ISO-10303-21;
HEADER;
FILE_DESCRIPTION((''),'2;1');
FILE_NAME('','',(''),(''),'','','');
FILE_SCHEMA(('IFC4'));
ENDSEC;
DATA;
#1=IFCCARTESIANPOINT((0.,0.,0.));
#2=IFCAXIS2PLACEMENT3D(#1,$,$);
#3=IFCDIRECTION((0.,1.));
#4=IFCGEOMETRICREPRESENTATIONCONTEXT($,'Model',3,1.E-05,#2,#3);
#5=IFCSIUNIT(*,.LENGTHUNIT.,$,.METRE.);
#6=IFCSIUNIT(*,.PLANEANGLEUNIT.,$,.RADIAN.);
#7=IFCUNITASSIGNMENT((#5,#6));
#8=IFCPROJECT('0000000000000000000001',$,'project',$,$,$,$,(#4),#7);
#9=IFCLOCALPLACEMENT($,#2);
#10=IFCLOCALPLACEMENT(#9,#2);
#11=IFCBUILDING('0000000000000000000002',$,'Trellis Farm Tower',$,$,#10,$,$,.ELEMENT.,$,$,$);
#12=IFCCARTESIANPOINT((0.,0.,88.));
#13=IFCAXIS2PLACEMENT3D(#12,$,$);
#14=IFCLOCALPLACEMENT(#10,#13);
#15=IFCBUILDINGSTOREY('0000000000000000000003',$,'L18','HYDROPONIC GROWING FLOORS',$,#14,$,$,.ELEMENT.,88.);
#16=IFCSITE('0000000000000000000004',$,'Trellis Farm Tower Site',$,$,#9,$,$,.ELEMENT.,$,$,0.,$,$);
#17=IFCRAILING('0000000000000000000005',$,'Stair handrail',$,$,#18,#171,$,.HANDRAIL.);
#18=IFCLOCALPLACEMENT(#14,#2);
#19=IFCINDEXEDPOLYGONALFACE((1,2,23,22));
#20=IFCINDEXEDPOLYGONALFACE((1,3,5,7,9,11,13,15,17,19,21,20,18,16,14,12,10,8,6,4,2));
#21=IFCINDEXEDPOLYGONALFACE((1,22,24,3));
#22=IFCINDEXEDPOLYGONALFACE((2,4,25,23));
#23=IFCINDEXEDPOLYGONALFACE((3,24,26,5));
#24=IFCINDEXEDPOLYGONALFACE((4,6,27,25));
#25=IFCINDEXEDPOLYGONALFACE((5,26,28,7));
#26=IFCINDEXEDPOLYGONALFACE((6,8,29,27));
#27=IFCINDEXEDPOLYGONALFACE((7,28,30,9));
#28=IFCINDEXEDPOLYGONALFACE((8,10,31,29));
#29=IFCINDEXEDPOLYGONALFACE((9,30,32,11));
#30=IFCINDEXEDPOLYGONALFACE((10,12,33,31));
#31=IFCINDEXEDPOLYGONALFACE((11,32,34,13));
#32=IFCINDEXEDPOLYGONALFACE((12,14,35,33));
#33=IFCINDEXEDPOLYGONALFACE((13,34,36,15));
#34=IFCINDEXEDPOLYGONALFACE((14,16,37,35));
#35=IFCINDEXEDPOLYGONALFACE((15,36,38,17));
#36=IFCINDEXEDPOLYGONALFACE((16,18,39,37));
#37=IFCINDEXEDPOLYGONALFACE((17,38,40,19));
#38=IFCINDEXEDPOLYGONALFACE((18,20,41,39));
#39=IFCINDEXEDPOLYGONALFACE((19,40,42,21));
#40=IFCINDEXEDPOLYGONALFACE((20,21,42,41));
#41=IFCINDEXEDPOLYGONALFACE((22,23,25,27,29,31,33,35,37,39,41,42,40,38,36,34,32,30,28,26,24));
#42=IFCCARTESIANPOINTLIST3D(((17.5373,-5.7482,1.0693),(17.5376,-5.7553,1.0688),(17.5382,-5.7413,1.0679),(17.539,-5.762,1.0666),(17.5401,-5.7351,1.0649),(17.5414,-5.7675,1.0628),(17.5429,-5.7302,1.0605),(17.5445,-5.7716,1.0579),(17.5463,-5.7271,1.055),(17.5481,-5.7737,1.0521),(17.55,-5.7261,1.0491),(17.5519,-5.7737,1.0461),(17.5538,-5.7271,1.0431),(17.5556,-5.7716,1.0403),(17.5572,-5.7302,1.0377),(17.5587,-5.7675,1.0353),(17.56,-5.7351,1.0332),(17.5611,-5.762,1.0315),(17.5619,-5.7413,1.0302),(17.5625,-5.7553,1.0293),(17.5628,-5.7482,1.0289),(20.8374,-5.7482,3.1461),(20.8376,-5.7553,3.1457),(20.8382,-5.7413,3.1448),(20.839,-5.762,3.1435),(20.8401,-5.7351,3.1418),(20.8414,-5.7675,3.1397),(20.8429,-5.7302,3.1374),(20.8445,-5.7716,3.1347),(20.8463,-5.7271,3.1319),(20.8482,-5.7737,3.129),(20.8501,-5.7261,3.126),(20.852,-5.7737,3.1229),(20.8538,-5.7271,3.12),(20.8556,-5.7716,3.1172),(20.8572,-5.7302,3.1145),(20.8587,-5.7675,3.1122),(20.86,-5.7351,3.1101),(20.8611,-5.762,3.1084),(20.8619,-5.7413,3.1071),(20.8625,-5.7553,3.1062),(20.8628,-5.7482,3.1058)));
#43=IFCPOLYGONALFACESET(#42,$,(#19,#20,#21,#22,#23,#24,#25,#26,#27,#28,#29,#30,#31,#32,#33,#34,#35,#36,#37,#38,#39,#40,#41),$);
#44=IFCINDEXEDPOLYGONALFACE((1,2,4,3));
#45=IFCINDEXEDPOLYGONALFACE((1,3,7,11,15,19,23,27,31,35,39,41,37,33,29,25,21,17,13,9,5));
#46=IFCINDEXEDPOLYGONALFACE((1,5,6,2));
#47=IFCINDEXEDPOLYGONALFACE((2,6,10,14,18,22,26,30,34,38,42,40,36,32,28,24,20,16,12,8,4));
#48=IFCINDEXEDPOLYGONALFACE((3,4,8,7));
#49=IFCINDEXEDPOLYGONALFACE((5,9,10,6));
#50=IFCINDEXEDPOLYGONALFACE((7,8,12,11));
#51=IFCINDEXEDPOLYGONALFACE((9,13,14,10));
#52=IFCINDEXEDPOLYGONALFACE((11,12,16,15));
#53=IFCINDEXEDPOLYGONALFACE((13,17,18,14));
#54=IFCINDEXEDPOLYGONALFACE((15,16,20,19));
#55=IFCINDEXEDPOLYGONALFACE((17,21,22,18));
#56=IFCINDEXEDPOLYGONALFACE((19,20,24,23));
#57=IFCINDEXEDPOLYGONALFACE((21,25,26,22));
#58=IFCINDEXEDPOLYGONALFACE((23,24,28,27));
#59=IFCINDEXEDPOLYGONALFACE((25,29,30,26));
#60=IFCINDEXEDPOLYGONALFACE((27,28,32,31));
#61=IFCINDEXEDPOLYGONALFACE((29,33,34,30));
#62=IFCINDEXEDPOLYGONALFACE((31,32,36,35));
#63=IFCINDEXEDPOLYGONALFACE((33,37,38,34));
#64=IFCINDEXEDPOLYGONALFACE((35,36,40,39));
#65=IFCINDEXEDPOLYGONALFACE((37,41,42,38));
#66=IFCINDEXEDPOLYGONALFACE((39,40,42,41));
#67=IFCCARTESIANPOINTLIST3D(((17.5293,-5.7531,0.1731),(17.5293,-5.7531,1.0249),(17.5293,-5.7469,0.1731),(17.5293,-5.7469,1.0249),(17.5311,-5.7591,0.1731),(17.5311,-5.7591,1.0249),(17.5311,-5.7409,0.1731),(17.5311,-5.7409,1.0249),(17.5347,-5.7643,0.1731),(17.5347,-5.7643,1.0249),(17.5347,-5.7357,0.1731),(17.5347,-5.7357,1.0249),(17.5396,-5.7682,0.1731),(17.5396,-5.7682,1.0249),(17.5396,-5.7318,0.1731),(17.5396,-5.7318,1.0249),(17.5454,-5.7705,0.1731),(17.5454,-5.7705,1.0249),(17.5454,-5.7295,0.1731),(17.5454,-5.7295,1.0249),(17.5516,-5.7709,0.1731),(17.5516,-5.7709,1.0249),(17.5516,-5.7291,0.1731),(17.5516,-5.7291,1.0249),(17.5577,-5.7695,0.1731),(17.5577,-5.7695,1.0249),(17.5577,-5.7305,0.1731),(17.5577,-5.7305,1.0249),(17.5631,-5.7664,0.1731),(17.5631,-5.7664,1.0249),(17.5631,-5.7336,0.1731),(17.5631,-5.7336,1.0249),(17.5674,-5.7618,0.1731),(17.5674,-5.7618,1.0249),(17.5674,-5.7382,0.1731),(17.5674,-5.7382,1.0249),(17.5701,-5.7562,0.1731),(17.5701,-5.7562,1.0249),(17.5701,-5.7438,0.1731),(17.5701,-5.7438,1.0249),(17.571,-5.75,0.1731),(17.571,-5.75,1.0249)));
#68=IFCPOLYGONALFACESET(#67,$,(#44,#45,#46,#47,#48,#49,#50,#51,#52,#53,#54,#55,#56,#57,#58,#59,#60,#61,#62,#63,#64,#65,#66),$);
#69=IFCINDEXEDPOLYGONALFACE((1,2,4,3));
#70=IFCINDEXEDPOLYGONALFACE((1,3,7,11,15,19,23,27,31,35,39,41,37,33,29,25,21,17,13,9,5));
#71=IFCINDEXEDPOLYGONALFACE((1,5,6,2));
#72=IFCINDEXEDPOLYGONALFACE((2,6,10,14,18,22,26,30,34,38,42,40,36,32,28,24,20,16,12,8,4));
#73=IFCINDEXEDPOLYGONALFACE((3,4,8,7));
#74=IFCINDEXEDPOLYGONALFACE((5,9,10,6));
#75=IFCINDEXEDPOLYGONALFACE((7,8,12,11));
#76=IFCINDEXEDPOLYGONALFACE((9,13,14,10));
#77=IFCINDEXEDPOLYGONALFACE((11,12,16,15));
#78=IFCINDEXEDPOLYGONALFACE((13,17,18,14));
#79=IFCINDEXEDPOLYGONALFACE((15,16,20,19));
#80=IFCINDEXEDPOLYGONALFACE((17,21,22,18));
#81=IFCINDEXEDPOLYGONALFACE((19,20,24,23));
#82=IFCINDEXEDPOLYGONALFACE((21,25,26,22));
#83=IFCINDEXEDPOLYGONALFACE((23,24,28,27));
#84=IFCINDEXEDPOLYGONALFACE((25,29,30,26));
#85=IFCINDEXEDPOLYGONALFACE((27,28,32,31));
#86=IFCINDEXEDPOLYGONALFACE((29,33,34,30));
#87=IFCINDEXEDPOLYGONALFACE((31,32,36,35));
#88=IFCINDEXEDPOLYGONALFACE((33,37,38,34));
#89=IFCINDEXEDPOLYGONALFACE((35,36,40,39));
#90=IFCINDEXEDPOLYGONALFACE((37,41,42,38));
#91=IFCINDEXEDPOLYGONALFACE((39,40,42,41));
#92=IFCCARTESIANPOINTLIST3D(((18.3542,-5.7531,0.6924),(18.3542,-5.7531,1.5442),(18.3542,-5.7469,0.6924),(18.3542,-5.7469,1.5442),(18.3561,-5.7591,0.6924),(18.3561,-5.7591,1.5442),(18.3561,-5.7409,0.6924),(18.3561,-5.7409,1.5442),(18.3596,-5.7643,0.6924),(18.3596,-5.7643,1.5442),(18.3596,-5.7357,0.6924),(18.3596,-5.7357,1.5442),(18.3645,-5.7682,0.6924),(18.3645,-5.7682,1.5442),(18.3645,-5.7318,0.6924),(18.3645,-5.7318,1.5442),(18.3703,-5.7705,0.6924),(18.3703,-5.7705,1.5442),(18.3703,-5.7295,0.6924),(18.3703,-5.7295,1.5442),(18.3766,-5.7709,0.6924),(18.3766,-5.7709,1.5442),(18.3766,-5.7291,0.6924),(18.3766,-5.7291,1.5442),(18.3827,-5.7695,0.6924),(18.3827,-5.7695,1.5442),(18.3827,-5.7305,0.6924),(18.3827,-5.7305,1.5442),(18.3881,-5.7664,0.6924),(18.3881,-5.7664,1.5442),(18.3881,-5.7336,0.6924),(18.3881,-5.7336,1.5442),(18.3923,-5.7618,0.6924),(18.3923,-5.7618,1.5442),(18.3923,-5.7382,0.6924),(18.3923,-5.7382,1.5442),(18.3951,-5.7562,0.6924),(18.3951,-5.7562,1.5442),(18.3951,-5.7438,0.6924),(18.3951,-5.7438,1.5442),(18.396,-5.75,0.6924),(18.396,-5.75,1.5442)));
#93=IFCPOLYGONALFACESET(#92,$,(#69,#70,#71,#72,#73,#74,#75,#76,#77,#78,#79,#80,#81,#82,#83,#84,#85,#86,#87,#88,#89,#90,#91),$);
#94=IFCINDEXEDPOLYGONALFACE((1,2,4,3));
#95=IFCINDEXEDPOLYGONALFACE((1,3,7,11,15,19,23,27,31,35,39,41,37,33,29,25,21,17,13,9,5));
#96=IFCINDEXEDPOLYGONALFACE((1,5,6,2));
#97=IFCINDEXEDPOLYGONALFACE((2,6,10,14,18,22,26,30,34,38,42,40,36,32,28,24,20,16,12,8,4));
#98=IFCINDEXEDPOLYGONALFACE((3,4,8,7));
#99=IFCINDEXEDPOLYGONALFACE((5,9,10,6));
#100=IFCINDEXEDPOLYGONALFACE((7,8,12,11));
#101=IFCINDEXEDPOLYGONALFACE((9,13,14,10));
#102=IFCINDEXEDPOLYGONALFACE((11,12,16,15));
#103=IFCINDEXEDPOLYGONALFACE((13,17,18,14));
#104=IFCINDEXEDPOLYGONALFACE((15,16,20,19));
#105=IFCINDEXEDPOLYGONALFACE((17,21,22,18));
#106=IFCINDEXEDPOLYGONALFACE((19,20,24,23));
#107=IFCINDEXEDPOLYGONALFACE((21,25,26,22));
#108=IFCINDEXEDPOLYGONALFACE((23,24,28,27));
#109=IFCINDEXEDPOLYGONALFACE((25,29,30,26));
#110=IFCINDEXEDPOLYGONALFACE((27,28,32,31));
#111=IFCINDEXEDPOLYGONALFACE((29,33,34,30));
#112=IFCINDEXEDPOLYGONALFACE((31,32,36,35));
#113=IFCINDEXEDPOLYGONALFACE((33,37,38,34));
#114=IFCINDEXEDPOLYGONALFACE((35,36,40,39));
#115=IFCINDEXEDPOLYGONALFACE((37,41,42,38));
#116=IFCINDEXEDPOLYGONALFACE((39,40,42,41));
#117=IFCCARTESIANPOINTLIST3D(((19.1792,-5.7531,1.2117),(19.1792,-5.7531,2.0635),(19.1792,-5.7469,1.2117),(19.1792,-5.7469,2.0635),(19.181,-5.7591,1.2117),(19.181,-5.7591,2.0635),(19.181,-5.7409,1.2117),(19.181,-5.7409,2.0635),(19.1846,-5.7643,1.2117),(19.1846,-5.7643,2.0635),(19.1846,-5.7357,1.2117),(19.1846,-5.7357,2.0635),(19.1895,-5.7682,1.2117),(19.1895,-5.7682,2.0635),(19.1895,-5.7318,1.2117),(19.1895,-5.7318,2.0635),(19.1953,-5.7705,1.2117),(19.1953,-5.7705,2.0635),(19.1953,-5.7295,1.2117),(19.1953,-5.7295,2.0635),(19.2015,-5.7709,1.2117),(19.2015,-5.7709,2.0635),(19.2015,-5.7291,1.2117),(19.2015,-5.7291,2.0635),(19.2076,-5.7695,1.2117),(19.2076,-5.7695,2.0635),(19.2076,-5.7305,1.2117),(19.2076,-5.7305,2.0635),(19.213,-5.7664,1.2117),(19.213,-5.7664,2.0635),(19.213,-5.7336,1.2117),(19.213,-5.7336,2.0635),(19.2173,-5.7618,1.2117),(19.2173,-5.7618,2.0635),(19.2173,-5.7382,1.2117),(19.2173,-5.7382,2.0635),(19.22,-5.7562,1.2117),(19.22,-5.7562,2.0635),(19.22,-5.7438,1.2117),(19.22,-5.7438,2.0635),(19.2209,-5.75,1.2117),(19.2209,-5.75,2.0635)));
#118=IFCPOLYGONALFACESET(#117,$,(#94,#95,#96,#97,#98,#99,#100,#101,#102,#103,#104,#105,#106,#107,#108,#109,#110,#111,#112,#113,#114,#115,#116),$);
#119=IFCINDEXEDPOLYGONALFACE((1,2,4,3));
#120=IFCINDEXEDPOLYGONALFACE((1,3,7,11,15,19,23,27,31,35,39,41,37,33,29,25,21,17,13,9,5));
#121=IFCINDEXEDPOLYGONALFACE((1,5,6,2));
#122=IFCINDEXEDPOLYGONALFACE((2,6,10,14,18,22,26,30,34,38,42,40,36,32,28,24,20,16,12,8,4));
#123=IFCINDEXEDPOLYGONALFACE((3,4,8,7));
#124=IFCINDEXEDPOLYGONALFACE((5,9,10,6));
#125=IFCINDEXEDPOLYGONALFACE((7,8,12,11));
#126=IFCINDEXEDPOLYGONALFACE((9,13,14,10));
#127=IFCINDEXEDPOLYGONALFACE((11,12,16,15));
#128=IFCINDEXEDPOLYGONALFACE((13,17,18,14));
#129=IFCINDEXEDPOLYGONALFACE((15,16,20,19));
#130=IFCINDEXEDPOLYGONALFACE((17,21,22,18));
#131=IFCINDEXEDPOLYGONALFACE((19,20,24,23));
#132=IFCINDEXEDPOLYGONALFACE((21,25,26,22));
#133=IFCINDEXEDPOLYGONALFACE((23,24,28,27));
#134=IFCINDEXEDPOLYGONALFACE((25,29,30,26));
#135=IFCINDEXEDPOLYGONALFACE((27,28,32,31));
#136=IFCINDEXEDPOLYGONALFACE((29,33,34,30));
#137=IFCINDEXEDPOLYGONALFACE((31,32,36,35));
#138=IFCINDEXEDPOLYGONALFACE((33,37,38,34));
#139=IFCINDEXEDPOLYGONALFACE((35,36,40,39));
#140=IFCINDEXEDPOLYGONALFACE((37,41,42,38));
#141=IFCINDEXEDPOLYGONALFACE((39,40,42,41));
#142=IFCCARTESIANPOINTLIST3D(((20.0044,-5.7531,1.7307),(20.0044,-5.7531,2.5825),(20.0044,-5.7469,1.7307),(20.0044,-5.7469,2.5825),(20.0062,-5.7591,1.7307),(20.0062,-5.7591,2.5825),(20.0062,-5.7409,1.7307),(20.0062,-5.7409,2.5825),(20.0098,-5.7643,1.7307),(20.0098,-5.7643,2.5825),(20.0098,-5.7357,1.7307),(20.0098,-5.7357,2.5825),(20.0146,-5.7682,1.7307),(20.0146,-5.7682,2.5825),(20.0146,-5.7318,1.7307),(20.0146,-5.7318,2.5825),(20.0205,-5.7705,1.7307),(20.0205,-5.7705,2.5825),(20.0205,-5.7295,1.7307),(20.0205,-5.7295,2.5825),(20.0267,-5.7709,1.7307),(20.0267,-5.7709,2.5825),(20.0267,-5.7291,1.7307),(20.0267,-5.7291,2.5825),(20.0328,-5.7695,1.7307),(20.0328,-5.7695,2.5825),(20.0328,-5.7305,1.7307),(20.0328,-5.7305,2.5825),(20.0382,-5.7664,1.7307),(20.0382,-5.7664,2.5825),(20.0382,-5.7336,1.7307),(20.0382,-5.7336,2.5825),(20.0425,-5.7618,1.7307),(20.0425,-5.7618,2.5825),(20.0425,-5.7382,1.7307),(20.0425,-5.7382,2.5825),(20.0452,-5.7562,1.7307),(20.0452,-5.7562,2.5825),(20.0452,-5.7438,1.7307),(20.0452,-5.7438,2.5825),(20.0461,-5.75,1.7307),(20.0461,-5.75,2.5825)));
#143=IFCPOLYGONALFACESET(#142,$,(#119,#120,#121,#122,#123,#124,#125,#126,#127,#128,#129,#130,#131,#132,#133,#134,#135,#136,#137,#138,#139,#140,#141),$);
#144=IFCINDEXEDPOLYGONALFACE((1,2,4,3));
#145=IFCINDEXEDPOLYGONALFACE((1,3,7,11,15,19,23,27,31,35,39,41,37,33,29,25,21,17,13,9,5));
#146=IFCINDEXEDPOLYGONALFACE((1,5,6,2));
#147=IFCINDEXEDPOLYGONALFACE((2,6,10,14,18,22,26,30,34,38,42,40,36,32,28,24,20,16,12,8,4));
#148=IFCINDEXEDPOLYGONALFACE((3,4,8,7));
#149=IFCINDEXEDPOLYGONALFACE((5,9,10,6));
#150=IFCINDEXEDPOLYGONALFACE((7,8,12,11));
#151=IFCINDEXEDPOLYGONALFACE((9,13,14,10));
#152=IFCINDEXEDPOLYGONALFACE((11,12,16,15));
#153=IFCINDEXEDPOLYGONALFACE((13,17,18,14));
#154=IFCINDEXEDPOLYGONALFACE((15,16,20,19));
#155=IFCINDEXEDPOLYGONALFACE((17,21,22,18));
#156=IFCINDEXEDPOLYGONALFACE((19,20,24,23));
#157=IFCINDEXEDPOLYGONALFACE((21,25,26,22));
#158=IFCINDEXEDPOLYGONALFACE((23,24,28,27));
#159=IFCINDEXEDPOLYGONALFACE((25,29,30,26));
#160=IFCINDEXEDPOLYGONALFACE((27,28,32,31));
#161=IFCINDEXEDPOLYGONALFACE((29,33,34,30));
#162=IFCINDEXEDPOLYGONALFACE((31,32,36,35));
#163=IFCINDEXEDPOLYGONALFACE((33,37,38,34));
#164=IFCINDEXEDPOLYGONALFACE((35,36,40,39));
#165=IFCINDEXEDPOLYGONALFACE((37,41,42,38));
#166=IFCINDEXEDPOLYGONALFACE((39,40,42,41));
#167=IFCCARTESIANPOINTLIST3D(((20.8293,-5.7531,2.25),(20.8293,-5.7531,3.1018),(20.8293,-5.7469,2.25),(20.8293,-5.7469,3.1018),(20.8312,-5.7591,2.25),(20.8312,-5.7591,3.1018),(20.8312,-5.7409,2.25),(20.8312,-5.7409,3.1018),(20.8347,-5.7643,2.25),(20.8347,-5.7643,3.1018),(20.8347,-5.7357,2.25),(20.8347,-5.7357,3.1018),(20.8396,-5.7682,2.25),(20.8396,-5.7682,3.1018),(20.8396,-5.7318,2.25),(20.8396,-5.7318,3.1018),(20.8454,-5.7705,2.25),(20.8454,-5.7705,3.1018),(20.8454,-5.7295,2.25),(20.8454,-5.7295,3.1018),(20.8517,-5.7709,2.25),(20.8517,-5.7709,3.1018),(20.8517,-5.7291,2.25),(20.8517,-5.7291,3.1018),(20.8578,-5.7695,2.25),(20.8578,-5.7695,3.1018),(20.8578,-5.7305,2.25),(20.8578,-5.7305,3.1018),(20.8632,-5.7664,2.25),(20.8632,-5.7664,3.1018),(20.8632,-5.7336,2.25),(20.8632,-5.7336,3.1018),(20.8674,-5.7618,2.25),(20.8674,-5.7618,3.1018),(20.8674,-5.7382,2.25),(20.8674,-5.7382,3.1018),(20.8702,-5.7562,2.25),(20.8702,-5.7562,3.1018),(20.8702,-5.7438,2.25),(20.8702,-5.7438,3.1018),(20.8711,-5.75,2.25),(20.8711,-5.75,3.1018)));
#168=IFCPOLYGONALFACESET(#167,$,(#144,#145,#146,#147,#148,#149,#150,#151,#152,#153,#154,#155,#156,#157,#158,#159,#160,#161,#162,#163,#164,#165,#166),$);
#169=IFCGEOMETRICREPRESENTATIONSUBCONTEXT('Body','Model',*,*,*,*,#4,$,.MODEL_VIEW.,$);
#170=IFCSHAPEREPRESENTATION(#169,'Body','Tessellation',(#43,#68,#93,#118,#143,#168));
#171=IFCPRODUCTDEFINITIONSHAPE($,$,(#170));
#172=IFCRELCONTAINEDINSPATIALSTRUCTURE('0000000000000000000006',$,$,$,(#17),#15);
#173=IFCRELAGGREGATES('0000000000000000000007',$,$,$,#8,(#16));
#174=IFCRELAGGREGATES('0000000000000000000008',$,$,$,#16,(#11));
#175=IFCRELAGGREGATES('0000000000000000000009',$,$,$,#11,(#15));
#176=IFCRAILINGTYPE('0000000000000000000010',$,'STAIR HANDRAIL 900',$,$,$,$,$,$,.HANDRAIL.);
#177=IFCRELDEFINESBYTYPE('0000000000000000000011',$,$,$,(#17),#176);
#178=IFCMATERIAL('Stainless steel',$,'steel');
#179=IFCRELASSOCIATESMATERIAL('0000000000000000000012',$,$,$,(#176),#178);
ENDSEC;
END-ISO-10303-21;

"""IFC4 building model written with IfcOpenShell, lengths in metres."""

from ifc_helpers import new_model, si_unit, direction, frame, origin, origin_2d, place, context, subcontext, project, spatial, circle, extrude, source, transform, mapped, material, type_object, element, save


model = new_model("IFC4")

# Units and contexts
model_context = context("Model", 3, precision=1e-05, world=origin(), true_north=direction((0.0, 1.0)))
body_context = subcontext(model_context, "Body", "Model", "MODEL_VIEW")
ifc_project = project(units=[si_unit("LENGTHUNIT", "METRE"), si_unit("PLANEANGLEUNIT", "RADIAN")], contexts=[model_context])

# Site, building, storey
site_placement = place(None, origin())
site = spatial("IfcSite", under=ifc_project, at=site_placement, Name="Trellis Farm Tower Site", CompositionType="ELEMENT", RefElevation=0.0)
building_placement = place(site_placement, origin())
building = spatial("IfcBuilding", under=site, at=building_placement, Name="Trellis Farm Tower", CompositionType="ELEMENT")
storey_placement = place(building_placement, frame((0.0, 0.0, 88.0)))
storey = spatial("IfcBuildingStorey", under=building, at=storey_placement, Name="L18", Description="HYDROPONIC GROWING FLOORS", CompositionType="ELEMENT", Elevation=88.0)

# Railing
ifc_material_1 = material(Name="Stainless steel", Category="steel")
railing_type = type_object("IfcRailingType", Name="STAIR HANDRAIL 900", PredefinedType="HANDRAIL", material=ifc_material_1)
shared_shape_1 = source(origin(), body_context, "Body", "SweptSolid", [
    extrude(circle(Radius=0.0239, at=origin_2d()), frame((0.0, 0.0, 0.876), z_axis=(0.846337, 0.0, 0.532647), x_axis=(0.0, 1.0, 0.0)), (0.0, 0.0, 1.0), 3.8992),
    extrude(circle(Radius=0.021, at=origin_2d()), origin(), (0.0, 0.0, 1.0), 0.8518),
    extrude(circle(Radius=0.021, at=origin_2d()), frame((0.825, 0.0, 0.5193)), (0.0, 0.0, 1.0), 0.8518),
    extrude(circle(Radius=0.021, at=origin_2d()), frame((1.6499, 0.0, 1.0386)), (0.0, 0.0, 1.0), 0.8518),
    extrude(circle(Radius=0.021, at=origin_2d()), frame((2.4751, 0.0, 1.5576)), (0.0, 0.0, 1.0), 0.8518),
    extrude(circle(Radius=0.021, at=origin_2d()), frame((3.3, 0.0, 2.0769)), (0.0, 0.0, 1.0), 0.8518),
])
railing_placement = place(storey_placement, frame((17.55, -5.75, 0.1731)))
element("IfcRailing", 1, at=railing_placement, inside=storey, type_object=railing_type, Name="Stair handrail", PredefinedType="HANDRAIL", context=body_context, shape_type="MappedRepresentation", body=[
    mapped(shared_shape_1, transform((0.0, 0.0, 0.0))),
])

save(model, "model.ifc")
